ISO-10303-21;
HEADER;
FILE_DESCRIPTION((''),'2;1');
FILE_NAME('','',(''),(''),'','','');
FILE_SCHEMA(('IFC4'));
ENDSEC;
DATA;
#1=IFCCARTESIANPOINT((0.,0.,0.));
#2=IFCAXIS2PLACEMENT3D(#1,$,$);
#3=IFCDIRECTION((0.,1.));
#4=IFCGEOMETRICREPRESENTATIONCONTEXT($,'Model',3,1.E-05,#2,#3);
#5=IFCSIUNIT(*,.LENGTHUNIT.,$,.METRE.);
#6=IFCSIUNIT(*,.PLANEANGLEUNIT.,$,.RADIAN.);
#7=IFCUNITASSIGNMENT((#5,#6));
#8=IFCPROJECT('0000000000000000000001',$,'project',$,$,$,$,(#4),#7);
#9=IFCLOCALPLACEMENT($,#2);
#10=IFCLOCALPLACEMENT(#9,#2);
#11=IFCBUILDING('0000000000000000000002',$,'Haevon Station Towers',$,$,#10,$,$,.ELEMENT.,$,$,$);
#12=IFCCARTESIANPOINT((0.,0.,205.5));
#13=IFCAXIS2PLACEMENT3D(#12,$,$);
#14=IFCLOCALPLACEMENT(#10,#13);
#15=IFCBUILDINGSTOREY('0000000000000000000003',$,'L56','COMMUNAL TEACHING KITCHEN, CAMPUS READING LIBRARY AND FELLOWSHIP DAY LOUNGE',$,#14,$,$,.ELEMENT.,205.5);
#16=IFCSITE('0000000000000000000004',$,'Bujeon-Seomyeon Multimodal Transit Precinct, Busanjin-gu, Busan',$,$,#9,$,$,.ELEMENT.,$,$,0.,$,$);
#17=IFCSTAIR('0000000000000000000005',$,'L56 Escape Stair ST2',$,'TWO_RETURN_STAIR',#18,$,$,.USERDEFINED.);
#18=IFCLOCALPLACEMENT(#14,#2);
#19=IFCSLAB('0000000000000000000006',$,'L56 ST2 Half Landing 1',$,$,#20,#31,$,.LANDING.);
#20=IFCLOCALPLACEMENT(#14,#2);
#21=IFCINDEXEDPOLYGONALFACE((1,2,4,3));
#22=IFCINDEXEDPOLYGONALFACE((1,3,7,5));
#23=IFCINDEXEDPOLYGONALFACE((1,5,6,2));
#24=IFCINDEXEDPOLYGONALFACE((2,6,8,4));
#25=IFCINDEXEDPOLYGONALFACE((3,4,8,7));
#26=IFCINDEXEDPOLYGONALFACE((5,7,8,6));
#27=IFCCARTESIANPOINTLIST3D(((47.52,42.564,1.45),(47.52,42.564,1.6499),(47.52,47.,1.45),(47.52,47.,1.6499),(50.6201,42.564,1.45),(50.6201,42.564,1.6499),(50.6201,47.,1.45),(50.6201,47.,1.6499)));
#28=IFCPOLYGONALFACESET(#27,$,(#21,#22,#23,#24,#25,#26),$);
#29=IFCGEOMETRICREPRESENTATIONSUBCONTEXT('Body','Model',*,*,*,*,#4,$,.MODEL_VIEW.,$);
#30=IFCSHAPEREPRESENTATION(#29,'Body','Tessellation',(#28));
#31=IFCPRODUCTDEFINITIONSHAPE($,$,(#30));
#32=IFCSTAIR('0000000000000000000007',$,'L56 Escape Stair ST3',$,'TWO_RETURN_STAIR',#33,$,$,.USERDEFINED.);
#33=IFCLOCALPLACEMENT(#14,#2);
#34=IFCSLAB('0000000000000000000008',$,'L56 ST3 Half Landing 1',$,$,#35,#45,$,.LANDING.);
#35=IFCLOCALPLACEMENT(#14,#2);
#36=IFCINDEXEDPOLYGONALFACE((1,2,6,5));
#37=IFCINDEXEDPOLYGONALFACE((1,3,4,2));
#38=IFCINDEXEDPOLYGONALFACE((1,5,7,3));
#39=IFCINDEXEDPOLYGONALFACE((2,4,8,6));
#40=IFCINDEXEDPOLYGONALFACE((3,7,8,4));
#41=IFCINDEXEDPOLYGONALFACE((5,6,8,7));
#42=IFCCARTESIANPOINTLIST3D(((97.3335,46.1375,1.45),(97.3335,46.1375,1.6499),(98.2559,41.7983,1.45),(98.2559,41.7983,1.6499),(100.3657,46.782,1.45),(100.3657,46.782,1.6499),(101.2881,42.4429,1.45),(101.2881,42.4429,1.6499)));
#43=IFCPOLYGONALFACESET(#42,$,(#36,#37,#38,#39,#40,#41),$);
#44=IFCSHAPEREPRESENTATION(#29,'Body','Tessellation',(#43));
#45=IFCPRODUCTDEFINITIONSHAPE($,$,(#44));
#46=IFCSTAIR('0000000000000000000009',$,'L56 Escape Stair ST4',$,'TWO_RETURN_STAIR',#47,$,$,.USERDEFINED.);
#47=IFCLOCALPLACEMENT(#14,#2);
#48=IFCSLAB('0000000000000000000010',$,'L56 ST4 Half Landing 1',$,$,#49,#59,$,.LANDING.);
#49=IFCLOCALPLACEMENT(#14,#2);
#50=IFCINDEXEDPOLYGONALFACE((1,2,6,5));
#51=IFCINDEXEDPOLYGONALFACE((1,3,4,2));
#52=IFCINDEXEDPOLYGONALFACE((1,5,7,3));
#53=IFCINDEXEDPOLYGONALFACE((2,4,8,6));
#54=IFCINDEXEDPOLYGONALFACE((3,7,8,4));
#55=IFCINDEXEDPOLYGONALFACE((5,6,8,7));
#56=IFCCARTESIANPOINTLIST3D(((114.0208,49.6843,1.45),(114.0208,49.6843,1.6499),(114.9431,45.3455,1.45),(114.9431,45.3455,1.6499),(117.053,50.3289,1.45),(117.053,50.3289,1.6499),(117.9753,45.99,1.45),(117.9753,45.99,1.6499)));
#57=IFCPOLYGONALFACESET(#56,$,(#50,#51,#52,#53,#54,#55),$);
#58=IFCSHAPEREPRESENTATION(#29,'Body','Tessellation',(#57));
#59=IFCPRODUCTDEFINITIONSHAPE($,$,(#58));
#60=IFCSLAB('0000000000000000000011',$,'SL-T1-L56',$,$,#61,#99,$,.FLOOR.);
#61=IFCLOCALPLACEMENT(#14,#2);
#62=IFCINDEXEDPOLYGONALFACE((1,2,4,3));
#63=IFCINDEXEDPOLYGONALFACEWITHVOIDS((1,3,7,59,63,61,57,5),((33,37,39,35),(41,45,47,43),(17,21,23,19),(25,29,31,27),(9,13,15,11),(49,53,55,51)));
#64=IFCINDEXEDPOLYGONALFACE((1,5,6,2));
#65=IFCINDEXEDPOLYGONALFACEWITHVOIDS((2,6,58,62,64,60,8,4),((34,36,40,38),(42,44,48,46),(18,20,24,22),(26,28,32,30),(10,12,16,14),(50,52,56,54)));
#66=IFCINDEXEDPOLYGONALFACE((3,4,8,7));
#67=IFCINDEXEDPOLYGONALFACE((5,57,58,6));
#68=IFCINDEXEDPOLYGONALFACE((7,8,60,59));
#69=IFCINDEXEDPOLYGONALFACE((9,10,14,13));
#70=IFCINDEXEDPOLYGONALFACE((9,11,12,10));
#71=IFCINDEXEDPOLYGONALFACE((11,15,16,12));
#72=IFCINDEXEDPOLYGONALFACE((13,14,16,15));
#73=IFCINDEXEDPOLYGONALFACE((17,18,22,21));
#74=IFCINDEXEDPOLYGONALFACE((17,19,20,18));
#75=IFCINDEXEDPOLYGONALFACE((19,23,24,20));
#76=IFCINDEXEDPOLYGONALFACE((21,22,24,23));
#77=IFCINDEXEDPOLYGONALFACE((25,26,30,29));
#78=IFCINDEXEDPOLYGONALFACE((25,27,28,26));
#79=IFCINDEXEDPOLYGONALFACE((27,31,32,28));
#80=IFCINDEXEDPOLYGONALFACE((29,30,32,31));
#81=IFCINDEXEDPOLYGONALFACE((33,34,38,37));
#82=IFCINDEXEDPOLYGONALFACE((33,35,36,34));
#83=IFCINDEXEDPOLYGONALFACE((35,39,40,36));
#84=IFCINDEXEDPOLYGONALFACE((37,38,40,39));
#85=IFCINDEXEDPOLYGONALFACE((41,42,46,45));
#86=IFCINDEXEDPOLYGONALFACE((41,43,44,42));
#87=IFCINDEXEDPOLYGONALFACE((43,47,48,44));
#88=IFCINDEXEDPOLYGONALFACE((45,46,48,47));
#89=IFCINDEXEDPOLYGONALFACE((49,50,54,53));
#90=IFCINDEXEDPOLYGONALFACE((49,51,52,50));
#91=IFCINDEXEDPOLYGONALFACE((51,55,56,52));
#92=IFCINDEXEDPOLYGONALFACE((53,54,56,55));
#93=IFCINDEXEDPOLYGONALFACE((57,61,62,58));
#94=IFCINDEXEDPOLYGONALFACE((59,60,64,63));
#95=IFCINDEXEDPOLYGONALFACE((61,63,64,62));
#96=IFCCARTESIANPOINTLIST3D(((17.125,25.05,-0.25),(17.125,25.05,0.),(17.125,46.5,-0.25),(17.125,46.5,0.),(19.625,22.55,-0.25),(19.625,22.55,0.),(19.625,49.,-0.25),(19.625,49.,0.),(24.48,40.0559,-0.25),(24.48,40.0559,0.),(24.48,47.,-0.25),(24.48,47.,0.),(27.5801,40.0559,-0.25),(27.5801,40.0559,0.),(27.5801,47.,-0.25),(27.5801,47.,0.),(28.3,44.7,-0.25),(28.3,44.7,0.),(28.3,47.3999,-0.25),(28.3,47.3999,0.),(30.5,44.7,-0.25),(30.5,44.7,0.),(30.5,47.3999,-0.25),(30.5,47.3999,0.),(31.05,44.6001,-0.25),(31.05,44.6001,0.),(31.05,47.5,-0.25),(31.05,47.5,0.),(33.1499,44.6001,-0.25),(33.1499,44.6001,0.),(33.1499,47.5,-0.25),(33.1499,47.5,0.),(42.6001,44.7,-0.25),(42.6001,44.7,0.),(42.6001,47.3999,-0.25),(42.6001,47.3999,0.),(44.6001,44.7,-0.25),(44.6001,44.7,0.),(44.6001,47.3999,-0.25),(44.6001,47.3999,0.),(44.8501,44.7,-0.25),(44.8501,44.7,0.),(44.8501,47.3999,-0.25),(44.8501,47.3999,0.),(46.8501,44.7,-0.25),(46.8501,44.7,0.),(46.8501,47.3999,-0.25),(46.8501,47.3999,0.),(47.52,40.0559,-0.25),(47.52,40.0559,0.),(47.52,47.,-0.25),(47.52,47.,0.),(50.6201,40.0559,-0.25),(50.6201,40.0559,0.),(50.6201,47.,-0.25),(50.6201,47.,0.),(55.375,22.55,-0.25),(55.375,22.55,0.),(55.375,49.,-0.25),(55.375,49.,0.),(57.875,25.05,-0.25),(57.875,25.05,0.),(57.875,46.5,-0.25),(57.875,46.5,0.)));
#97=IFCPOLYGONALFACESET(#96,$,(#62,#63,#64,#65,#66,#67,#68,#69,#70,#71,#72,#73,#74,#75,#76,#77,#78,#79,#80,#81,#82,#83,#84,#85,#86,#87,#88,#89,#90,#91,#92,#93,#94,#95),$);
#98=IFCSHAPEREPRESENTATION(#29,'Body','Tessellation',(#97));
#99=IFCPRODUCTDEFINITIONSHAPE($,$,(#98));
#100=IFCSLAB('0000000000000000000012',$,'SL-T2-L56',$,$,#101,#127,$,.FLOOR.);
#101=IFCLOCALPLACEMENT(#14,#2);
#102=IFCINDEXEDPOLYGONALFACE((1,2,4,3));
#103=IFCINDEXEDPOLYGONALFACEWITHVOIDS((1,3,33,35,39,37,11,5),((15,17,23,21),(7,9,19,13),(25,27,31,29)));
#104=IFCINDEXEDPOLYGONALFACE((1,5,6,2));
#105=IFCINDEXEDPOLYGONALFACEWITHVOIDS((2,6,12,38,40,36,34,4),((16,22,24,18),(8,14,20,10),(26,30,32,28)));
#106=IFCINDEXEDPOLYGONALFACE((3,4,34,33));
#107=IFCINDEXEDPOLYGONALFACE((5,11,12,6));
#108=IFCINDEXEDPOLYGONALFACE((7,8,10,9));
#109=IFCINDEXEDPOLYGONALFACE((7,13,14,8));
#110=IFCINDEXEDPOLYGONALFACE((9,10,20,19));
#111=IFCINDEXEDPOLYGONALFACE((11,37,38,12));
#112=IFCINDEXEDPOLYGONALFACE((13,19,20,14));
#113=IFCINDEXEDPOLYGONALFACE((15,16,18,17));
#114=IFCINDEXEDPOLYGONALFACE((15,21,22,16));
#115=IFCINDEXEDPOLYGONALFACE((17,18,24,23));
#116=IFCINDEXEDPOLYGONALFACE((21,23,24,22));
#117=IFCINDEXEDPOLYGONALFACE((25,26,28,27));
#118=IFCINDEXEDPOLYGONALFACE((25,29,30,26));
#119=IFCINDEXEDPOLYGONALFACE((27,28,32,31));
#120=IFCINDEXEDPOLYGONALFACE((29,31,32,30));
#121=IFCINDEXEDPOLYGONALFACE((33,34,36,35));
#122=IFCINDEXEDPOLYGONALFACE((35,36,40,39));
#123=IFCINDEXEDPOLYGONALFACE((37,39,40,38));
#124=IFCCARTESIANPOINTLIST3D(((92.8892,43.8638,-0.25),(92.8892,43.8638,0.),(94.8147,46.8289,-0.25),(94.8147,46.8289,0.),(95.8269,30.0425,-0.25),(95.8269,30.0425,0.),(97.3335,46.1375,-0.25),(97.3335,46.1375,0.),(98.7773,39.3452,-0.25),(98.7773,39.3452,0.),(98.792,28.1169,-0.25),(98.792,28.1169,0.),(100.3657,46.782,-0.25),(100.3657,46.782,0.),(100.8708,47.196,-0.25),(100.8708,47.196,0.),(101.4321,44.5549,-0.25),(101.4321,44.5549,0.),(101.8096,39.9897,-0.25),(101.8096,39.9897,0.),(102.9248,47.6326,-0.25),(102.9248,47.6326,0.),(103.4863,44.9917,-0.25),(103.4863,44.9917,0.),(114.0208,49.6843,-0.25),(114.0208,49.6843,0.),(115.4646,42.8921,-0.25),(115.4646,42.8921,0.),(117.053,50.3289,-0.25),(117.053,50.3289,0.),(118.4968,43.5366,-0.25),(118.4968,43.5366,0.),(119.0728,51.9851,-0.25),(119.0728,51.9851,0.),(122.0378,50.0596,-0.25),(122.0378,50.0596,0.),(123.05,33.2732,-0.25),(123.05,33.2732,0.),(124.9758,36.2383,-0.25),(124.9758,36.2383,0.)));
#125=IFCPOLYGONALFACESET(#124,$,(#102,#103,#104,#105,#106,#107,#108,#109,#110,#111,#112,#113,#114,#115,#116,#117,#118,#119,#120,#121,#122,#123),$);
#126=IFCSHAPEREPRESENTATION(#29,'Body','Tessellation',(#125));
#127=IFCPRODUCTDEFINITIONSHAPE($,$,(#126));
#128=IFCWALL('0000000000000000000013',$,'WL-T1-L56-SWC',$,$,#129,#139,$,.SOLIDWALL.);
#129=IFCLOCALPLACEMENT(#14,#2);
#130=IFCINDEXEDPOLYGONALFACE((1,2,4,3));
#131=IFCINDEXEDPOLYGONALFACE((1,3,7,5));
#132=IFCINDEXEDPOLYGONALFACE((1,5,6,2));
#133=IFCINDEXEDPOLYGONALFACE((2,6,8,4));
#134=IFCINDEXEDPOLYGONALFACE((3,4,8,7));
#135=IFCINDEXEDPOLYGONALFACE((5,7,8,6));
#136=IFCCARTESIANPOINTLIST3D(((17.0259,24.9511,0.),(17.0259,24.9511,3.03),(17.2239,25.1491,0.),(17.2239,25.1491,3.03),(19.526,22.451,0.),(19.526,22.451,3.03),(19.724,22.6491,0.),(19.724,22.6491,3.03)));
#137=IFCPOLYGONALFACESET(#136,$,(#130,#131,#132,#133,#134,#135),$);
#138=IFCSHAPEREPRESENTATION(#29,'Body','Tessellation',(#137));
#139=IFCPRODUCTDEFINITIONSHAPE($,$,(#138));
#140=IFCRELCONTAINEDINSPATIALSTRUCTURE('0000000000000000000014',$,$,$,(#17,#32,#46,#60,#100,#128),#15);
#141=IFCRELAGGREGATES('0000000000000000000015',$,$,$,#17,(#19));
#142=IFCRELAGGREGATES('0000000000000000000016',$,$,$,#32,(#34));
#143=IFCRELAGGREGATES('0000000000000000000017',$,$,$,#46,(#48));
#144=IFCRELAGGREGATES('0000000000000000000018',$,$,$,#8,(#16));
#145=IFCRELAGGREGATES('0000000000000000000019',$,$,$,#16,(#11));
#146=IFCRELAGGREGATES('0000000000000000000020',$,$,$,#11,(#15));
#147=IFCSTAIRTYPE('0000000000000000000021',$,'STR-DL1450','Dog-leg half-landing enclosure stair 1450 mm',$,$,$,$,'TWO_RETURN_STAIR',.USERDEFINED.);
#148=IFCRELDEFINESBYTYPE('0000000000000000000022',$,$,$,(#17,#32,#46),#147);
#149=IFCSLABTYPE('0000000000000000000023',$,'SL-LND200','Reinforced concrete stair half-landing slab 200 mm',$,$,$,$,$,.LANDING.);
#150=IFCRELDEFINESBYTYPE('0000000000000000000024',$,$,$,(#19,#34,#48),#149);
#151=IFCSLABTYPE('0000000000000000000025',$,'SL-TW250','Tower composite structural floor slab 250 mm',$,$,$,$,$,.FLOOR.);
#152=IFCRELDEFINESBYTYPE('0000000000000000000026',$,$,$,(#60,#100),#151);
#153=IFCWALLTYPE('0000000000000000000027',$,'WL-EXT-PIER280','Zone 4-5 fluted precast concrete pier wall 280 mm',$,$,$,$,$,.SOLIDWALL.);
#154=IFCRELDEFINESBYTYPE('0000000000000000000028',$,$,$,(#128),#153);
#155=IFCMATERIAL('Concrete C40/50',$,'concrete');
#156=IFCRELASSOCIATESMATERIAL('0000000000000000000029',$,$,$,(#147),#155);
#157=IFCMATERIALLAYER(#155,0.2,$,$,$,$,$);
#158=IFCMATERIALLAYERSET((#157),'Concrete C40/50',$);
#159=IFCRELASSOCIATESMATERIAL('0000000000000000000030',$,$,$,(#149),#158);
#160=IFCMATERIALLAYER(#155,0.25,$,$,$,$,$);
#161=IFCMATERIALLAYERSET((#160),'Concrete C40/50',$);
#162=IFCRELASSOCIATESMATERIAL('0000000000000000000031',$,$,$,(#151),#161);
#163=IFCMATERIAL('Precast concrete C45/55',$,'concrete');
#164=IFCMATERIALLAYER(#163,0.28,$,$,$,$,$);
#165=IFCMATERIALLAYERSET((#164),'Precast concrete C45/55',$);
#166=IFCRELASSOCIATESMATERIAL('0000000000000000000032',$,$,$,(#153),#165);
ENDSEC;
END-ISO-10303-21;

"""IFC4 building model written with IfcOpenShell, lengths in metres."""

from ifc_helpers import new_model, si_unit, direction, frame, frame_2d, origin, place, context, subcontext, project, spatial, polyline, rectangle, outline, extrude, material, layer, layer_set, type_object, element, aggregate, save


model = new_model("IFC4")

# Units and contexts
model_context = context("Model", 3, precision=1e-05, world=origin(), true_north=direction((0.0, 1.0)))
body_context = subcontext(model_context, "Body", "Model", "MODEL_VIEW")
ifc_project = project(units=[si_unit("LENGTHUNIT", "METRE"), si_unit("PLANEANGLEUNIT", "RADIAN")], contexts=[model_context])

# Site, building, storey
site_placement = place(None, origin())
site = spatial("IfcSite", under=ifc_project, at=site_placement, Name="Bujeon-Seomyeon Multimodal Transit Precinct, Busanjin-gu, Busan", CompositionType="ELEMENT", RefElevation=0.0)
building_placement = place(site_placement, origin())
building = spatial("IfcBuilding", under=site, at=building_placement, Name="Haevon Station Towers", CompositionType="ELEMENT")
storey_placement = place(building_placement, frame((0.0, 0.0, 205.5)))
storey = spatial("IfcBuildingStorey", under=building, at=storey_placement, Name="L56", Description="COMMUNAL TEACHING KITCHEN, CAMPUS READING LIBRARY AND FELLOWSHIP DAY LOUNGE", CompositionType="ELEMENT", Elevation=205.5)

# Shared definitions
ifc_material_1 = material(Name="Concrete C40/50", Category="concrete")

# Stairs, slabs
stair_type = type_object("IfcStairType", Name="STR-DL1450", Description="Dog-leg half-landing enclosure stair 1450 mm", ElementType="TWO_RETURN_STAIR", PredefinedType="USERDEFINED", material=ifc_material_1)
ifc_layer_1 = layer(ifc_material_1, 0.2)
ifc_layer_set_1 = layer_set([ifc_layer_1], Name="Concrete C40/50")
slab_type_1 = type_object("IfcSlabType", Name="SL-LND200", Description="Reinforced concrete stair half-landing slab 200 mm", PredefinedType="LANDING", material=ifc_layer_set_1)
stair_1_placement = place(storey_placement, origin())
stair_1 = element("IfcStair", 1, at=stair_1_placement, inside=storey, type_object=stair_type, Name="L56 Escape Stair ST2", ObjectType="TWO_RETURN_STAIR", PredefinedType="USERDEFINED")
slab_1_placement = place(storey_placement, frame((0.0, 0.0, 1.45)))
slab_1 = element("IfcSlab", 2, at=slab_1_placement, type_object=slab_type_1, Name="L56 ST2 Half Landing 1", PredefinedType="LANDING", context=body_context, shape_type="SweptSolid", body=[
    extrude(outline(polyline([(50.6201, 42.564), (50.6201, 47.0), (47.52, 47.0), (47.52, 42.564), (50.6201, 42.564)])), origin(), (0.0, 0.0, 1.0), 0.2),
])
aggregate(stair_1, [slab_1])
stair_2_placement = place(storey_placement, origin())
stair_2 = element("IfcStair", 3, at=stair_2_placement, inside=storey, type_object=stair_type, Name="L56 Escape Stair ST3", ObjectType="TWO_RETURN_STAIR", PredefinedType="USERDEFINED")
slab_2_placement = place(storey_placement, frame((0.0, 0.0, 1.45)))
slab_2 = element("IfcSlab", 4, at=slab_2_placement, type_object=slab_type_1, Name="L56 ST3 Half Landing 1", PredefinedType="LANDING", context=body_context, shape_type="SweptSolid", body=[
    extrude(outline(polyline([(101.2881, 42.4429), (100.3657, 46.782), (97.3335, 46.1375), (98.2559, 41.7983), (101.2881, 42.4429)])), origin(), (0.0, 0.0, 1.0), 0.2),
])
aggregate(stair_2, [slab_2])
stair_3_placement = place(storey_placement, origin())
stair_3 = element("IfcStair", 5, at=stair_3_placement, inside=storey, type_object=stair_type, Name="L56 Escape Stair ST4", ObjectType="TWO_RETURN_STAIR", PredefinedType="USERDEFINED")
slab_3_placement = place(storey_placement, frame((0.0, 0.0, 1.45)))
slab_3 = element("IfcSlab", 6, at=slab_3_placement, type_object=slab_type_1, Name="L56 ST4 Half Landing 1", PredefinedType="LANDING", context=body_context, shape_type="SweptSolid", body=[
    extrude(outline(polyline([(117.9753, 45.99), (117.053, 50.3289), (114.0208, 49.6843), (114.9431, 45.3455), (117.9753, 45.99)])), origin(), (0.0, 0.0, 1.0), 0.2),
])
aggregate(stair_3, [slab_3])

# Slabs
ifc_layer_2 = layer(ifc_material_1, 0.25)
ifc_layer_set_2 = layer_set([ifc_layer_2], Name="Concrete C40/50")
slab_type_2 = type_object("IfcSlabType", Name="SL-TW250", Description="Tower composite structural floor slab 250 mm", PredefinedType="FLOOR", material=ifc_layer_set_2)
slab_4_placement = place(storey_placement, frame((0.0, 0.0, -0.25)))
element("IfcSlab", 7, at=slab_4_placement, inside=storey, type_object=slab_type_2, Name="SL-T1-L56", PredefinedType="FLOOR", context=body_context, shape_type="SweptSolid", body=[
    extrude(outline(polyline([(19.625, 22.55), (55.375, 22.55), (57.875, 25.05), (57.875, 46.5), (55.375, 49.0), (19.625, 49.0), (17.125, 46.5), (17.125, 25.05), (19.625, 22.55)]), holes=[polyline([(27.5801, 40.0559), (27.5801, 47.0), (24.48, 47.0), (24.48, 40.0559), (27.5801, 40.0559)]), polyline([(50.6201, 40.0559), (50.6201, 47.0), (47.52, 47.0), (47.52, 40.0559), (50.6201, 40.0559)]), polyline([(28.3, 44.7), (30.5, 44.7), (30.5, 47.3999), (28.3, 47.3999), (28.3, 44.7)]), polyline([(31.05, 44.6001), (33.1499, 44.6001), (33.1499, 47.5), (31.05, 47.5), (31.05, 44.6001)]), polyline([(42.6001, 44.7), (44.6001, 44.7), (44.6001, 47.3999), (42.6001, 47.3999), (42.6001, 44.7)]), polyline([(44.8501, 44.7), (46.8501, 44.7), (46.8501, 47.3999), (44.8501, 47.3999), (44.8501, 44.7)])]), origin(), (0.0, 0.0, 1.0), 0.25),
])
slab_5_placement = place(storey_placement, frame((0.0, 0.0, -0.25)))
element("IfcSlab", 8, at=slab_5_placement, inside=storey, type_object=slab_type_2, Name="SL-T2-L56", PredefinedType="FLOOR", context=body_context, shape_type="SweptSolid", body=[
    extrude(outline(polyline([(98.792, 28.1169), (123.05, 33.2732), (124.9758, 36.2383), (122.0378, 50.0596), (119.0728, 51.9851), (94.8147, 46.8289), (92.8892, 43.8638), (95.8269, 30.0425), (98.792, 28.1169)]), holes=[polyline([(101.8096, 39.9897), (100.3657, 46.782), (97.3335, 46.1375), (98.7773, 39.3452), (101.8096, 39.9897)]), polyline([(118.4968, 43.5366), (117.053, 50.3289), (114.0208, 49.6843), (115.4646, 42.8921), (118.4968, 43.5366)]), polyline([(101.4321, 44.5549), (103.4863, 44.9917), (102.9248, 47.6326), (100.8708, 47.196), (101.4321, 44.5549)])]), origin(), (0.0, 0.0, 1.0), 0.25),
])

# Wall
ifc_material_2 = material(Name="Precast concrete C45/55", Category="concrete")
ifc_layer_3 = layer(ifc_material_2, 0.28)
ifc_layer_set_3 = layer_set([ifc_layer_3], Name="Precast concrete C45/55")
wall_type_1 = type_object("IfcWallType", Name="WL-EXT-PIER280", Description="Zone 4-5 fluted precast concrete pier wall 280 mm", PredefinedType="SOLIDWALL", material=ifc_layer_set_3)
wall_1_placement = place(storey_placement, frame((19.625, 22.55, 0.0), z_axis=(0.0, 0.0, 1.0), x_axis=(-0.707107, 0.707107, 0.0)))
element("IfcWall", 9, at=wall_1_placement, inside=storey, type_object=wall_type_1, Name="WL-T1-L56-SWC", PredefinedType="SOLIDWALL", context=body_context, shape_type="SweptSolid", body=[
    extrude(rectangle(XDim=3.5356, YDim=0.28, at=frame_2d((1.7678, 0.0))), origin(), (0.0, 0.0, 1.0), 3.03),
])

save(model, "model.ifc")
